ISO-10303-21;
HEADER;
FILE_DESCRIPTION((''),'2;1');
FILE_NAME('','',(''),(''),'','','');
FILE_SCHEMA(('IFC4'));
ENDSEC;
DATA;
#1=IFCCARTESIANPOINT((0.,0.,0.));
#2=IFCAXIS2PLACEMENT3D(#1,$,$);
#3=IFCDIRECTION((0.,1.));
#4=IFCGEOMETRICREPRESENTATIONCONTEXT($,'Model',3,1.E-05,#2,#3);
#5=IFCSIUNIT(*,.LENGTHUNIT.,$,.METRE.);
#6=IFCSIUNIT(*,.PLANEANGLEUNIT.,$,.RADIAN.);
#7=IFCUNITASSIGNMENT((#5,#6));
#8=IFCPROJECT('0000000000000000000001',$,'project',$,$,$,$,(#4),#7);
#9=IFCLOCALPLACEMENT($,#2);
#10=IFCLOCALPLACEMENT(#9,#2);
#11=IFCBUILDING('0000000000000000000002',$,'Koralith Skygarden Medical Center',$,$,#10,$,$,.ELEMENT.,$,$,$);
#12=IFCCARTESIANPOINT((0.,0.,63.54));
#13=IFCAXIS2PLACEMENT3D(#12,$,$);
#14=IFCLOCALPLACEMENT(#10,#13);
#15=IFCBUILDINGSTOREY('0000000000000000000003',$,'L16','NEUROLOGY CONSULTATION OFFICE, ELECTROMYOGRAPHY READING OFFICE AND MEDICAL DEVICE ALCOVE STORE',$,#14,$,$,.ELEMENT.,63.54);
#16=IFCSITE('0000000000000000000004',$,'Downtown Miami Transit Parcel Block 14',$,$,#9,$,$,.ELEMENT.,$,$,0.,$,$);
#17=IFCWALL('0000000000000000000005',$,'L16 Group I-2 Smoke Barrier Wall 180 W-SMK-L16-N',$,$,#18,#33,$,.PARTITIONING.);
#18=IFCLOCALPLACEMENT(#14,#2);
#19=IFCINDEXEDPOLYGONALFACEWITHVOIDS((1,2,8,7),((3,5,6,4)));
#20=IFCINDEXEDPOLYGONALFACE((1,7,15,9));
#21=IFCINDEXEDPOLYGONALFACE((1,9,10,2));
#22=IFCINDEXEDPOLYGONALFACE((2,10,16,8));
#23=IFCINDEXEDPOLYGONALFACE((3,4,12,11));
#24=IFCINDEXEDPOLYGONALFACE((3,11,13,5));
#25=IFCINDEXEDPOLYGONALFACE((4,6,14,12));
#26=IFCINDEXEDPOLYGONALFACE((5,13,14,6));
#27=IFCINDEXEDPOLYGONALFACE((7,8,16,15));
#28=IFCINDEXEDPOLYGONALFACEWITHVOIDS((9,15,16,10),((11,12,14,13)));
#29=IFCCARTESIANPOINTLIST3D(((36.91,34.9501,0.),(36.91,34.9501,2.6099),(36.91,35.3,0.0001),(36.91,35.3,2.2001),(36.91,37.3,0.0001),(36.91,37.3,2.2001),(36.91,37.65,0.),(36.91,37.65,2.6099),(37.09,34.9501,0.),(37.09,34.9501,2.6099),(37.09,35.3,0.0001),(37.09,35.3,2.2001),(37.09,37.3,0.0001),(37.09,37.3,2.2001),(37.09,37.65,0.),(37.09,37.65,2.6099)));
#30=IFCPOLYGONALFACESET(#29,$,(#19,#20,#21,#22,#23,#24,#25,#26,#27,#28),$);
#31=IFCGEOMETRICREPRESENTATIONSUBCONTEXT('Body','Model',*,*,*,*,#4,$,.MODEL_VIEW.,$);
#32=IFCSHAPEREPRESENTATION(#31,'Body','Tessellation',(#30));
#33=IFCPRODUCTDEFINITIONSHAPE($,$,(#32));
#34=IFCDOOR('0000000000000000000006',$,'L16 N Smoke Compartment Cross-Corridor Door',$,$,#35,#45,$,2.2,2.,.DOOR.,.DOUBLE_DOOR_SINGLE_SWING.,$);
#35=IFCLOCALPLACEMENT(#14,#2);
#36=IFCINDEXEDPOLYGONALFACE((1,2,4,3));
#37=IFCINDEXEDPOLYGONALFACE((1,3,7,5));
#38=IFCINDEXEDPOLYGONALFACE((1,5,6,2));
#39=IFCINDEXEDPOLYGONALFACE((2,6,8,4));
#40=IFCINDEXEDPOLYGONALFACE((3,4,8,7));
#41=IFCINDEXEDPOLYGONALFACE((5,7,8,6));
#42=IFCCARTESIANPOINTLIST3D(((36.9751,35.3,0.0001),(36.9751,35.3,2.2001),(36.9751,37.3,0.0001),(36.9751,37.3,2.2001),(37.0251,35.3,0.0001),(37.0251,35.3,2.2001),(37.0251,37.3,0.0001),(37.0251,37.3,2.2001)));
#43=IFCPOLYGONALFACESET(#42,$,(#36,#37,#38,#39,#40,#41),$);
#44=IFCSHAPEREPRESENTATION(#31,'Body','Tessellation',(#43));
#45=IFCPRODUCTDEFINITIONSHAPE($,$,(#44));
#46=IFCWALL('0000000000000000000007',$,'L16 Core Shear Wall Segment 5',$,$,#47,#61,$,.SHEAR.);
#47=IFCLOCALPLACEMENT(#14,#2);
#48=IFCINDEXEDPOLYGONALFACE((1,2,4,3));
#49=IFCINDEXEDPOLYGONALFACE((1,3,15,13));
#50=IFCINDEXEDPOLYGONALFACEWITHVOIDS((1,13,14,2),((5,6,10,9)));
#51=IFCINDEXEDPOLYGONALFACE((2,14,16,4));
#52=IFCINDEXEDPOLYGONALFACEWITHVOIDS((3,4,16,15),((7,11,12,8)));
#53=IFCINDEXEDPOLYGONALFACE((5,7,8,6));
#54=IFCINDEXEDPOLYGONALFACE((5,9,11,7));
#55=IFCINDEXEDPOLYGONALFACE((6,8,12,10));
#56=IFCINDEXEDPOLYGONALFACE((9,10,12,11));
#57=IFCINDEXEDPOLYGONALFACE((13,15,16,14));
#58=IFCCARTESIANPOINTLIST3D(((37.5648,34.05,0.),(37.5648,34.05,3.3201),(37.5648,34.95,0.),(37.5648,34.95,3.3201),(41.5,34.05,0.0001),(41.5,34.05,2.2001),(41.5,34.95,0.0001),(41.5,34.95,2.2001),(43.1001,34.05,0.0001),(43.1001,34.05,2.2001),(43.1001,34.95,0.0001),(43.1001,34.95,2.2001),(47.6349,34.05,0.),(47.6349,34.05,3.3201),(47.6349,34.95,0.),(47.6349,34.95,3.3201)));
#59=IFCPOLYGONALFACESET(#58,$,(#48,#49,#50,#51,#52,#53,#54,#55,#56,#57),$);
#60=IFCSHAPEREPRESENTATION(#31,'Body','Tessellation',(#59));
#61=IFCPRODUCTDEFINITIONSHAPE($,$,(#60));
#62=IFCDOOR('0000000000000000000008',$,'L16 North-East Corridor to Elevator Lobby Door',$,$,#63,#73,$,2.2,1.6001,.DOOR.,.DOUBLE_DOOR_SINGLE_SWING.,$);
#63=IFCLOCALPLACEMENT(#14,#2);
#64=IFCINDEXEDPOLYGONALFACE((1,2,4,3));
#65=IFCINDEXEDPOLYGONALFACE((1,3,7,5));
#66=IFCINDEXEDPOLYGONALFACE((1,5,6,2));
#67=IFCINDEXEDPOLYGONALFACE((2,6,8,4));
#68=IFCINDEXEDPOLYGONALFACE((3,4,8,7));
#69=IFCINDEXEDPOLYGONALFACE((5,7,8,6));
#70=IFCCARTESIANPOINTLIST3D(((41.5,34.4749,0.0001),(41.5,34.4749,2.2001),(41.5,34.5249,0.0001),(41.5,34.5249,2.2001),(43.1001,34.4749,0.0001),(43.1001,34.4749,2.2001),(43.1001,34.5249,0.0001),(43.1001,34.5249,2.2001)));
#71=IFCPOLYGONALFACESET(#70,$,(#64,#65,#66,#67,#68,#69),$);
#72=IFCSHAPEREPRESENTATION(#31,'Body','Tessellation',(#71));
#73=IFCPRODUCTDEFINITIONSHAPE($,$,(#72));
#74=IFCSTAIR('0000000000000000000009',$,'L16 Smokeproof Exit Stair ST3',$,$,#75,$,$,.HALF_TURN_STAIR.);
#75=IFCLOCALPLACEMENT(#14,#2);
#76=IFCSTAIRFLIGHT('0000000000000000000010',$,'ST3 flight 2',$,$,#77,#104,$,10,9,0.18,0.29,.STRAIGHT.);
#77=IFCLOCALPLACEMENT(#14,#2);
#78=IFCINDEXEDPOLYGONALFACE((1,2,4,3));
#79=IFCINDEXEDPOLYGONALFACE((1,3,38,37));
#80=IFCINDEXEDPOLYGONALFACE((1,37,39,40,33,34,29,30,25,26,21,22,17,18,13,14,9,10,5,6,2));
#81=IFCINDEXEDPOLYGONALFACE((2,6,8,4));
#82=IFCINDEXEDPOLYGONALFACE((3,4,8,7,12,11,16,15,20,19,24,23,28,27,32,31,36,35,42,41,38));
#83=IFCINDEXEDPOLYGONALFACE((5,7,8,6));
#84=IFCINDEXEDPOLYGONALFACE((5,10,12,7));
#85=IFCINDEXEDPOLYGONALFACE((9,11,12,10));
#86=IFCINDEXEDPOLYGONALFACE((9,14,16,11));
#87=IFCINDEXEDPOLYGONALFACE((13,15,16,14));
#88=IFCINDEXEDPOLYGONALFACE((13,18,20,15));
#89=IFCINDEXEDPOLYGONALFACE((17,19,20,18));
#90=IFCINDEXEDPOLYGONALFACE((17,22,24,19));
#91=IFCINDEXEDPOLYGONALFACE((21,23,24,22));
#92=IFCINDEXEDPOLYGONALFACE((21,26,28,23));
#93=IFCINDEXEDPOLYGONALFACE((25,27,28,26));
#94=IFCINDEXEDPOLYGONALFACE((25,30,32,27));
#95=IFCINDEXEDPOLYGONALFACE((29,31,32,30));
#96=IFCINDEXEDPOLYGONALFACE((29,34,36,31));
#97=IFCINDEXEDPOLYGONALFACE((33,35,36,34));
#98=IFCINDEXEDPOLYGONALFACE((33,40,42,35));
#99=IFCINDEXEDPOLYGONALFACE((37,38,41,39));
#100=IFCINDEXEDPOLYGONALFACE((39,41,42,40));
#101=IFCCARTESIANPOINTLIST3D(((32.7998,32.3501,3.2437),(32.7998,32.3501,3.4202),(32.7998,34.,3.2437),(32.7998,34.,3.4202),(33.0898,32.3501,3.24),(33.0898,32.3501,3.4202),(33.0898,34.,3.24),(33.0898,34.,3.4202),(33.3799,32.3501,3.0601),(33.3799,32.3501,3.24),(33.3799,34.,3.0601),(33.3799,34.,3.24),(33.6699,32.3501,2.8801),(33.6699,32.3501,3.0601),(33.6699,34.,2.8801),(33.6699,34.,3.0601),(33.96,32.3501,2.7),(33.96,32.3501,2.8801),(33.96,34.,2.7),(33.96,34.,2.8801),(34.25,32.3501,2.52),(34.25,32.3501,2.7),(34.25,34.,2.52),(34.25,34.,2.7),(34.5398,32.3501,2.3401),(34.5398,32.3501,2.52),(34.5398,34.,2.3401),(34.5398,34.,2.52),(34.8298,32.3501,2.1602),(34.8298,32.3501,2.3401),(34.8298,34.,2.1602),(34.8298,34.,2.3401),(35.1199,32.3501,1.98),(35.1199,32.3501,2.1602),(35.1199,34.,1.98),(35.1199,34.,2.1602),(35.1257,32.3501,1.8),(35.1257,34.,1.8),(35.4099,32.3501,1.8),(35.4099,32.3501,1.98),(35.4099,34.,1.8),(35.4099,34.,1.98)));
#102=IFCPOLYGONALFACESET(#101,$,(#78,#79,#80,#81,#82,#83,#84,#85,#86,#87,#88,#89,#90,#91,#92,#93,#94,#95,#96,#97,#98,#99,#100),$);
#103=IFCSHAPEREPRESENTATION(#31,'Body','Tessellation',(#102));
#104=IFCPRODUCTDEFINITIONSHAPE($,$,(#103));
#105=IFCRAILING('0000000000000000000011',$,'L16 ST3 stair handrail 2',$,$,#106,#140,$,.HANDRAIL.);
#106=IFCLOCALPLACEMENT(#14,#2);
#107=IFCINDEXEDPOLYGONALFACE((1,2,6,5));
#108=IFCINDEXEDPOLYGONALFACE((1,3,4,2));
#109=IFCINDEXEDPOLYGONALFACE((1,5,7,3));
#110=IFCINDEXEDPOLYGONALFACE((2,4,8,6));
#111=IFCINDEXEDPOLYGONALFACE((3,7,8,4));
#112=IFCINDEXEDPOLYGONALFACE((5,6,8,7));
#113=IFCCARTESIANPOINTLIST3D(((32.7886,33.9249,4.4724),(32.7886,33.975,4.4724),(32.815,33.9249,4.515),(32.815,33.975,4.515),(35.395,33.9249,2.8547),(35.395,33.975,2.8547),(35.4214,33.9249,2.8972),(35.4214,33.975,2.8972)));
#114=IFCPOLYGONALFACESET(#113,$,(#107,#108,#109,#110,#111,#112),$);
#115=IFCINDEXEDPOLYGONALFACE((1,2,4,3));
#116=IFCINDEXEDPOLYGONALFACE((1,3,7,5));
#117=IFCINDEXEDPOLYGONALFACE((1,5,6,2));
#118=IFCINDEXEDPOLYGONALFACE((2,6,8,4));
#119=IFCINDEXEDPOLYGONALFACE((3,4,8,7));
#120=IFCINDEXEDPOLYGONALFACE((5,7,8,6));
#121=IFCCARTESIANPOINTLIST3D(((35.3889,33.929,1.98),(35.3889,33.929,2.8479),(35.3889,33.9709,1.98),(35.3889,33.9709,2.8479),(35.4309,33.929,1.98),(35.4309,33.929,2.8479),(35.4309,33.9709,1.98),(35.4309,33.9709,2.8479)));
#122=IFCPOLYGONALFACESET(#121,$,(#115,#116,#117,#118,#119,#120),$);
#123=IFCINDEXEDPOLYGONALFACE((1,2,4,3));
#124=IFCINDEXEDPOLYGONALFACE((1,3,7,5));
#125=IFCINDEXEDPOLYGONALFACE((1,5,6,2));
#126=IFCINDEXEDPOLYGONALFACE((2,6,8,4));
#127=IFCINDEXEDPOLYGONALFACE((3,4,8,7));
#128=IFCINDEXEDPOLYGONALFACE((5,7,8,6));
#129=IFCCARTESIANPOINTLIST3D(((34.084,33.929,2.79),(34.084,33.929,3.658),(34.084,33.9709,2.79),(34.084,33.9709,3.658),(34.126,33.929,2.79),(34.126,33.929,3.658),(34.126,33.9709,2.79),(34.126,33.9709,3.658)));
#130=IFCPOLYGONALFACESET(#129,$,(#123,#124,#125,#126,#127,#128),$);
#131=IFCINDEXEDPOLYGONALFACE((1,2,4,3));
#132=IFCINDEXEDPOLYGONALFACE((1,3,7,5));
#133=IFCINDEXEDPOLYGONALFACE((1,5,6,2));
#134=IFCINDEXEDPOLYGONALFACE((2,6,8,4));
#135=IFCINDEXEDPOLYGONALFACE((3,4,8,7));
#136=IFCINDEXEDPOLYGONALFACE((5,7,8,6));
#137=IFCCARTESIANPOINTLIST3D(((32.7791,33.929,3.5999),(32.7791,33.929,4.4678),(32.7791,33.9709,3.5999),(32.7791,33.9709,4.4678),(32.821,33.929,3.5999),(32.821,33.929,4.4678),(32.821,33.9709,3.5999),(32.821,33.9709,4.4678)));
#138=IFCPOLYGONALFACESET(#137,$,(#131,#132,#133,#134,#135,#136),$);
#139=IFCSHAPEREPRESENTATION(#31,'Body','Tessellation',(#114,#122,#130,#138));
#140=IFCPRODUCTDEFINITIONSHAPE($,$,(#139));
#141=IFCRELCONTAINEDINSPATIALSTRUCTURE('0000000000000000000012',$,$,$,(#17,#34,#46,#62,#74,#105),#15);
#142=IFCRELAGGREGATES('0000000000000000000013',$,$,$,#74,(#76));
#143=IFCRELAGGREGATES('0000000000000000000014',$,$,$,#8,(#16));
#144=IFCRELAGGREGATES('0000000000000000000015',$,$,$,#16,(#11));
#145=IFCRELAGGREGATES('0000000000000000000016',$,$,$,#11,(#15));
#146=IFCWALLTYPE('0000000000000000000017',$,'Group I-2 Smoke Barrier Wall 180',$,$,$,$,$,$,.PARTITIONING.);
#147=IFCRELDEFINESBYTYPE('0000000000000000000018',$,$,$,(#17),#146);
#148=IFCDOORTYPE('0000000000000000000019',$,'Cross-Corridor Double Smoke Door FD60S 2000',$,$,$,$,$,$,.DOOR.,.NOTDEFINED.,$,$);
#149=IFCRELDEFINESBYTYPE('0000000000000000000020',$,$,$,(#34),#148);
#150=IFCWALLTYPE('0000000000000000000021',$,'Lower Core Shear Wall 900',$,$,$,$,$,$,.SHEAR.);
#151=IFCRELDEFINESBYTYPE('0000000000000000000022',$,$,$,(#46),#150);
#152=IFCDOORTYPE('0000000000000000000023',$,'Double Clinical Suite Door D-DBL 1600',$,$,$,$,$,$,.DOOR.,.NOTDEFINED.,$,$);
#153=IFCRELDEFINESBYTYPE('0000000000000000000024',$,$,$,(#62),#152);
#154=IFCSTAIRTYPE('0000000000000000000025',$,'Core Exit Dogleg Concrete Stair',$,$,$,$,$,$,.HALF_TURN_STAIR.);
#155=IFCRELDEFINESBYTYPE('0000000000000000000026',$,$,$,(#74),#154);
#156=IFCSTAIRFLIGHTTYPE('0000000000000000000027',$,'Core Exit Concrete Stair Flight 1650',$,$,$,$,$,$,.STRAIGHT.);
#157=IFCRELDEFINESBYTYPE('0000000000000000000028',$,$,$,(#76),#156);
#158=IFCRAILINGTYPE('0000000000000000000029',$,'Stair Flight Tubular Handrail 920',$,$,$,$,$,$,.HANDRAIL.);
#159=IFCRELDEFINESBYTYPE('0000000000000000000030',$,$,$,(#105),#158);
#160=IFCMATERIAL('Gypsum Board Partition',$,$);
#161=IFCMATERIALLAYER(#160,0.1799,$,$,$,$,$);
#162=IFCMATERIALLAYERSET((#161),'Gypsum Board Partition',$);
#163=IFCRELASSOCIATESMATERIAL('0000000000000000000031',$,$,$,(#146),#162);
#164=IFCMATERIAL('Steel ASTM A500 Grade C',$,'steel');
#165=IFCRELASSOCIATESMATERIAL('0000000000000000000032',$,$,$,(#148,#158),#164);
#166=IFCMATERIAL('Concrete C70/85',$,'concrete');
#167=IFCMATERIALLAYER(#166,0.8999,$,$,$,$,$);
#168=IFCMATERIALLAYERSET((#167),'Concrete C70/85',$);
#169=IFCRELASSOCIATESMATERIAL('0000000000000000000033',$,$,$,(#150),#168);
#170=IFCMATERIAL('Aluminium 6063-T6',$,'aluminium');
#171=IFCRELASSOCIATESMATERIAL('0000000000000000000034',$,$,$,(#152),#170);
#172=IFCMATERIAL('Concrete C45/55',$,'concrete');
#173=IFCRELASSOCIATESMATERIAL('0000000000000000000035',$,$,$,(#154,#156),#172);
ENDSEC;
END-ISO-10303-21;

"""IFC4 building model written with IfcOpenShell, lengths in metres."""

from ifc_helpers import new_model, si_unit, direction, frame, frame_2d, origin, origin_2d, place, context, subcontext, project, spatial, polyline, rectangle, outline, extrude, material, layer, layer_set, type_object, element, fill, aggregate, save


model = new_model("IFC4")

# Units and contexts
model_context = context("Model", 3, precision=1e-05, world=origin(), true_north=direction((0.0, 1.0)))
body_context = subcontext(model_context, "Body", "Model", "MODEL_VIEW")
ifc_project = project(units=[si_unit("LENGTHUNIT", "METRE"), si_unit("PLANEANGLEUNIT", "RADIAN")], contexts=[model_context])

# Site, building, storey
site_placement = place(None, origin())
site = spatial("IfcSite", under=ifc_project, at=site_placement, Name="Downtown Miami Transit Parcel Block 14", CompositionType="ELEMENT", RefElevation=0.0)
building_placement = place(site_placement, origin())
building = spatial("IfcBuilding", under=site, at=building_placement, Name="Koralith Skygarden Medical Center", CompositionType="ELEMENT")
storey_placement = place(building_placement, frame((0.0, 0.0, 63.54)))
storey = spatial("IfcBuildingStorey", under=building, at=storey_placement, Name="L16", Description="NEUROLOGY CONSULTATION OFFICE, ELECTROMYOGRAPHY READING OFFICE AND MEDICAL DEVICE ALCOVE STORE", CompositionType="ELEMENT", Elevation=63.54)

# Shared definitions
ifc_material_1 = material(Name="Concrete C70/85", Category="concrete")

# Shared definitions
ifc_material_2 = material(Name="Aluminium 6063-T6", Category="aluminium")

# Shared definitions
ifc_material_3 = material(Name="Concrete C45/55", Category="concrete")

# Shared definitions
ifc_material_4 = material(Name="Gypsum Board Partition")

# Walls, openings, doors
ifc_layer_1 = layer(ifc_material_4, 0.1799)
ifc_layer_set_1 = layer_set([ifc_layer_1], Name="Gypsum Board Partition")
wall_type_1 = type_object("IfcWallType", Name="Group I-2 Smoke Barrier Wall 180", PredefinedType="PARTITIONING", material=ifc_layer_set_1)
wall_1_placement = place(storey_placement, frame((37.0, 34.95, 0.0), z_axis=(0.0, 0.0, 1.0), x_axis=(0.0, 1.0, 0.0)))
wall_1 = element("IfcWall", 1, at=wall_1_placement, inside=storey, type_object=wall_type_1, Name="L16 Group I-2 Smoke Barrier Wall 180 W-SMK-L16-N", PredefinedType="PARTITIONING", context=body_context, shape_type="SweptSolid", body=[
    extrude(rectangle(XDim=2.7, YDim=0.1799, at=frame_2d((1.3501, 0.0))), origin(), (0.0, 0.0, 1.0), 2.6099),
])
opening_1_placement = place(wall_1_placement, frame((0.3501, 0.0, 0.0)))
opening_1 = element("IfcOpeningElement", 2, at=opening_1_placement, cuts=wall_1, PredefinedType="OPENING", context=body_context, shape_type="SweptSolid", body=[
    extrude(rectangle(XDim=2.0, YDim=2.2, at=frame_2d((1.0, 1.1001))), frame((0.0, 0.0999, 0.0), z_axis=(0.0, -1.0, 0.0), x_axis=(1.0, 0.0, 0.0)), (0.0, 0.0, 1.0), 0.2),
])
ifc_material_5 = material(Name="Steel ASTM A500 Grade C", Category="steel")
door_type_1 = type_object("IfcDoorType", Name="Cross-Corridor Double Smoke Door FD60S 2000", OperationType="NOTDEFINED", PredefinedType="DOOR", material=ifc_material_5)
door_1_placement = place(opening_1_placement, origin())
door_1 = element("IfcDoor", 3, at=door_1_placement, inside=storey, type_object=door_type_1, Name="L16 N Smoke Compartment Cross-Corridor Door", OperationType="DOUBLE_DOOR_SINGLE_SWING", OverallHeight=2.2, OverallWidth=2.0, PredefinedType="DOOR", context=body_context, shape_type="SweptSolid", body=[
    extrude(rectangle(XDim=2.0, YDim=2.2, at=frame_2d((1.0, 1.1001))), frame((0.0, 0.0249, 0.0), z_axis=(0.0, -1.0, 0.0), x_axis=(1.0, 0.0, 0.0)), (0.0, 0.0, 1.0), 0.05),
])
fill(opening_1, door_1)
ifc_layer_2 = layer(ifc_material_1, 0.8999)
ifc_layer_set_2 = layer_set([ifc_layer_2], Name="Concrete C70/85")
wall_type_2 = type_object("IfcWallType", Name="Lower Core Shear Wall 900", PredefinedType="SHEAR", material=ifc_layer_set_2)
wall_2_placement = place(storey_placement, frame((47.635, 34.5, 0.0), z_axis=(0.0, 0.0, 1.0), x_axis=(-1.0, 0.0, 0.0)))
wall_2 = element("IfcWall", 4, at=wall_2_placement, inside=storey, type_object=wall_type_2, Name="L16 Core Shear Wall Segment 5", PredefinedType="SHEAR", context=body_context, shape_type="SweptSolid", body=[
    extrude(rectangle(XDim=10.0701, YDim=0.8999, at=frame_2d((5.0352, 0.0))), origin(), (0.0, 0.0, 1.0), 3.3201),
])
opening_2_placement = place(wall_2_placement, frame((4.5349, 0.0, 0.0)))
opening_2 = element("IfcOpeningElement", 5, at=opening_2_placement, cuts=wall_2, PredefinedType="OPENING", context=body_context, shape_type="SweptSolid", body=[
    extrude(rectangle(XDim=1.6001, YDim=2.2, at=frame_2d((0.8, 1.1001))), frame((0.0, 0.46, 0.0), z_axis=(0.0, -1.0, 0.0), x_axis=(1.0, 0.0, 0.0)), (0.0, 0.0, 1.0), 0.9199),
])
door_type_2 = type_object("IfcDoorType", Name="Double Clinical Suite Door D-DBL 1600", OperationType="NOTDEFINED", PredefinedType="DOOR", material=ifc_material_2)
door_2_placement = place(opening_2_placement, frame((1.6001, 0.0, 0.0), z_axis=(0.0, 0.0, 1.0), x_axis=(-1.0, 0.0, 0.0)))
door_2 = element("IfcDoor", 6, at=door_2_placement, inside=storey, type_object=door_type_2, Name="L16 North-East Corridor to Elevator Lobby Door", OperationType="DOUBLE_DOOR_SINGLE_SWING", OverallHeight=2.2, OverallWidth=1.6001, PredefinedType="DOOR", context=body_context, shape_type="SweptSolid", body=[
    extrude(rectangle(XDim=1.6001, YDim=2.2, at=frame_2d((0.8, 1.1001))), frame((0.0, 0.0249, 0.0), z_axis=(0.0, -1.0, 0.0), x_axis=(1.0, 0.0, 0.0)), (0.0, 0.0, 1.0), 0.05),
])
fill(opening_2, door_2)

# Stair, stair flight
stair_type = type_object("IfcStairType", Name="Core Exit Dogleg Concrete Stair", PredefinedType="HALF_TURN_STAIR", material=ifc_material_3)
stair_placement = place(storey_placement, origin())
stair = element("IfcStair", 7, at=stair_placement, inside=storey, type_object=stair_type, Name="L16 Smokeproof Exit Stair ST3", PredefinedType="HALF_TURN_STAIR")
stair_flight_type = type_object("IfcStairFlightType", Name="Core Exit Concrete Stair Flight 1650", PredefinedType="STRAIGHT", material=ifc_material_3)
stair_flight_placement = place(storey_placement, frame((35.4099, 33.175, 1.8), z_axis=(0.0, 0.0, 1.0), x_axis=(-1.0, 0.0, 0.0)))
stair_flight = element("IfcStairFlight", 8, at=stair_flight_placement, type_object=stair_flight_type, Name="ST3 flight 2", NumberOfRisers=10, NumberOfTreads=9, PredefinedType="STRAIGHT", RiserHeight=0.18, TreadLength=0.29, context=body_context, shape_type="SweptSolid", body=[
    extrude(outline(polyline([(0.0, 0.0), (0.0, 0.1799), (0.29, 0.1799), (0.29, 0.3601), (0.5801, 0.3601), (0.5801, 0.54), (0.8701, 0.54), (0.8701, 0.72), (1.1599, 0.72), (1.1599, 0.8999), (1.45, 0.8999), (1.45, 1.0801), (1.74, 1.0801), (1.74, 1.26), (2.03, 1.26), (2.03, 1.4399), (2.3201, 1.4399), (2.3201, 1.6201), (2.6101, 1.6201), (2.6101, 1.8), (2.6101, 1.4436), (0.2842, 0.0), (0.0, 0.0)])), frame((0.0, 0.825, 0.0), z_axis=(0.0, -1.0, 0.0), x_axis=(1.0, 0.0, 0.0)), (0.0, 0.0, 1.0), 1.6499),
])
aggregate(stair, [stair_flight])

# Railing
railing_type = type_object("IfcRailingType", Name="Stair Flight Tubular Handrail 920", PredefinedType="HANDRAIL", material=ifc_material_5)
railing_placement = place(storey_placement, frame((35.4099, 33.95, 1.98)))
element("IfcRailing", 9, at=railing_placement, inside=storey, type_object=railing_type, Name="L16 ST3 stair handrail 2", PredefinedType="HANDRAIL", context=body_context, shape_type="SweptSolid", body=[
    extrude(rectangle(XDim=0.05, YDim=0.05, at=origin_2d()), frame((-0.0017, 0.0, 0.896), z_axis=(-0.849646, 0.0, 0.527353), x_axis=(0.0, -1.0, 0.0)), (0.0, 0.0, 1.0), 3.0676),
    extrude(rectangle(XDim=0.042, YDim=0.042, at=origin_2d()), origin(), (0.0, 0.0, 1.0), 0.8679),
    extrude(rectangle(XDim=0.042, YDim=0.042, at=origin_2d()), frame((-1.3049, 0.0, 0.8101)), (0.0, 0.0, 1.0), 0.8679),
    extrude(rectangle(XDim=0.042, YDim=0.042, at=origin_2d()), frame((-2.6099, 0.0, 1.6199)), (0.0, 0.0, 1.0), 0.8679),
])

save(model, "model.ifc")
